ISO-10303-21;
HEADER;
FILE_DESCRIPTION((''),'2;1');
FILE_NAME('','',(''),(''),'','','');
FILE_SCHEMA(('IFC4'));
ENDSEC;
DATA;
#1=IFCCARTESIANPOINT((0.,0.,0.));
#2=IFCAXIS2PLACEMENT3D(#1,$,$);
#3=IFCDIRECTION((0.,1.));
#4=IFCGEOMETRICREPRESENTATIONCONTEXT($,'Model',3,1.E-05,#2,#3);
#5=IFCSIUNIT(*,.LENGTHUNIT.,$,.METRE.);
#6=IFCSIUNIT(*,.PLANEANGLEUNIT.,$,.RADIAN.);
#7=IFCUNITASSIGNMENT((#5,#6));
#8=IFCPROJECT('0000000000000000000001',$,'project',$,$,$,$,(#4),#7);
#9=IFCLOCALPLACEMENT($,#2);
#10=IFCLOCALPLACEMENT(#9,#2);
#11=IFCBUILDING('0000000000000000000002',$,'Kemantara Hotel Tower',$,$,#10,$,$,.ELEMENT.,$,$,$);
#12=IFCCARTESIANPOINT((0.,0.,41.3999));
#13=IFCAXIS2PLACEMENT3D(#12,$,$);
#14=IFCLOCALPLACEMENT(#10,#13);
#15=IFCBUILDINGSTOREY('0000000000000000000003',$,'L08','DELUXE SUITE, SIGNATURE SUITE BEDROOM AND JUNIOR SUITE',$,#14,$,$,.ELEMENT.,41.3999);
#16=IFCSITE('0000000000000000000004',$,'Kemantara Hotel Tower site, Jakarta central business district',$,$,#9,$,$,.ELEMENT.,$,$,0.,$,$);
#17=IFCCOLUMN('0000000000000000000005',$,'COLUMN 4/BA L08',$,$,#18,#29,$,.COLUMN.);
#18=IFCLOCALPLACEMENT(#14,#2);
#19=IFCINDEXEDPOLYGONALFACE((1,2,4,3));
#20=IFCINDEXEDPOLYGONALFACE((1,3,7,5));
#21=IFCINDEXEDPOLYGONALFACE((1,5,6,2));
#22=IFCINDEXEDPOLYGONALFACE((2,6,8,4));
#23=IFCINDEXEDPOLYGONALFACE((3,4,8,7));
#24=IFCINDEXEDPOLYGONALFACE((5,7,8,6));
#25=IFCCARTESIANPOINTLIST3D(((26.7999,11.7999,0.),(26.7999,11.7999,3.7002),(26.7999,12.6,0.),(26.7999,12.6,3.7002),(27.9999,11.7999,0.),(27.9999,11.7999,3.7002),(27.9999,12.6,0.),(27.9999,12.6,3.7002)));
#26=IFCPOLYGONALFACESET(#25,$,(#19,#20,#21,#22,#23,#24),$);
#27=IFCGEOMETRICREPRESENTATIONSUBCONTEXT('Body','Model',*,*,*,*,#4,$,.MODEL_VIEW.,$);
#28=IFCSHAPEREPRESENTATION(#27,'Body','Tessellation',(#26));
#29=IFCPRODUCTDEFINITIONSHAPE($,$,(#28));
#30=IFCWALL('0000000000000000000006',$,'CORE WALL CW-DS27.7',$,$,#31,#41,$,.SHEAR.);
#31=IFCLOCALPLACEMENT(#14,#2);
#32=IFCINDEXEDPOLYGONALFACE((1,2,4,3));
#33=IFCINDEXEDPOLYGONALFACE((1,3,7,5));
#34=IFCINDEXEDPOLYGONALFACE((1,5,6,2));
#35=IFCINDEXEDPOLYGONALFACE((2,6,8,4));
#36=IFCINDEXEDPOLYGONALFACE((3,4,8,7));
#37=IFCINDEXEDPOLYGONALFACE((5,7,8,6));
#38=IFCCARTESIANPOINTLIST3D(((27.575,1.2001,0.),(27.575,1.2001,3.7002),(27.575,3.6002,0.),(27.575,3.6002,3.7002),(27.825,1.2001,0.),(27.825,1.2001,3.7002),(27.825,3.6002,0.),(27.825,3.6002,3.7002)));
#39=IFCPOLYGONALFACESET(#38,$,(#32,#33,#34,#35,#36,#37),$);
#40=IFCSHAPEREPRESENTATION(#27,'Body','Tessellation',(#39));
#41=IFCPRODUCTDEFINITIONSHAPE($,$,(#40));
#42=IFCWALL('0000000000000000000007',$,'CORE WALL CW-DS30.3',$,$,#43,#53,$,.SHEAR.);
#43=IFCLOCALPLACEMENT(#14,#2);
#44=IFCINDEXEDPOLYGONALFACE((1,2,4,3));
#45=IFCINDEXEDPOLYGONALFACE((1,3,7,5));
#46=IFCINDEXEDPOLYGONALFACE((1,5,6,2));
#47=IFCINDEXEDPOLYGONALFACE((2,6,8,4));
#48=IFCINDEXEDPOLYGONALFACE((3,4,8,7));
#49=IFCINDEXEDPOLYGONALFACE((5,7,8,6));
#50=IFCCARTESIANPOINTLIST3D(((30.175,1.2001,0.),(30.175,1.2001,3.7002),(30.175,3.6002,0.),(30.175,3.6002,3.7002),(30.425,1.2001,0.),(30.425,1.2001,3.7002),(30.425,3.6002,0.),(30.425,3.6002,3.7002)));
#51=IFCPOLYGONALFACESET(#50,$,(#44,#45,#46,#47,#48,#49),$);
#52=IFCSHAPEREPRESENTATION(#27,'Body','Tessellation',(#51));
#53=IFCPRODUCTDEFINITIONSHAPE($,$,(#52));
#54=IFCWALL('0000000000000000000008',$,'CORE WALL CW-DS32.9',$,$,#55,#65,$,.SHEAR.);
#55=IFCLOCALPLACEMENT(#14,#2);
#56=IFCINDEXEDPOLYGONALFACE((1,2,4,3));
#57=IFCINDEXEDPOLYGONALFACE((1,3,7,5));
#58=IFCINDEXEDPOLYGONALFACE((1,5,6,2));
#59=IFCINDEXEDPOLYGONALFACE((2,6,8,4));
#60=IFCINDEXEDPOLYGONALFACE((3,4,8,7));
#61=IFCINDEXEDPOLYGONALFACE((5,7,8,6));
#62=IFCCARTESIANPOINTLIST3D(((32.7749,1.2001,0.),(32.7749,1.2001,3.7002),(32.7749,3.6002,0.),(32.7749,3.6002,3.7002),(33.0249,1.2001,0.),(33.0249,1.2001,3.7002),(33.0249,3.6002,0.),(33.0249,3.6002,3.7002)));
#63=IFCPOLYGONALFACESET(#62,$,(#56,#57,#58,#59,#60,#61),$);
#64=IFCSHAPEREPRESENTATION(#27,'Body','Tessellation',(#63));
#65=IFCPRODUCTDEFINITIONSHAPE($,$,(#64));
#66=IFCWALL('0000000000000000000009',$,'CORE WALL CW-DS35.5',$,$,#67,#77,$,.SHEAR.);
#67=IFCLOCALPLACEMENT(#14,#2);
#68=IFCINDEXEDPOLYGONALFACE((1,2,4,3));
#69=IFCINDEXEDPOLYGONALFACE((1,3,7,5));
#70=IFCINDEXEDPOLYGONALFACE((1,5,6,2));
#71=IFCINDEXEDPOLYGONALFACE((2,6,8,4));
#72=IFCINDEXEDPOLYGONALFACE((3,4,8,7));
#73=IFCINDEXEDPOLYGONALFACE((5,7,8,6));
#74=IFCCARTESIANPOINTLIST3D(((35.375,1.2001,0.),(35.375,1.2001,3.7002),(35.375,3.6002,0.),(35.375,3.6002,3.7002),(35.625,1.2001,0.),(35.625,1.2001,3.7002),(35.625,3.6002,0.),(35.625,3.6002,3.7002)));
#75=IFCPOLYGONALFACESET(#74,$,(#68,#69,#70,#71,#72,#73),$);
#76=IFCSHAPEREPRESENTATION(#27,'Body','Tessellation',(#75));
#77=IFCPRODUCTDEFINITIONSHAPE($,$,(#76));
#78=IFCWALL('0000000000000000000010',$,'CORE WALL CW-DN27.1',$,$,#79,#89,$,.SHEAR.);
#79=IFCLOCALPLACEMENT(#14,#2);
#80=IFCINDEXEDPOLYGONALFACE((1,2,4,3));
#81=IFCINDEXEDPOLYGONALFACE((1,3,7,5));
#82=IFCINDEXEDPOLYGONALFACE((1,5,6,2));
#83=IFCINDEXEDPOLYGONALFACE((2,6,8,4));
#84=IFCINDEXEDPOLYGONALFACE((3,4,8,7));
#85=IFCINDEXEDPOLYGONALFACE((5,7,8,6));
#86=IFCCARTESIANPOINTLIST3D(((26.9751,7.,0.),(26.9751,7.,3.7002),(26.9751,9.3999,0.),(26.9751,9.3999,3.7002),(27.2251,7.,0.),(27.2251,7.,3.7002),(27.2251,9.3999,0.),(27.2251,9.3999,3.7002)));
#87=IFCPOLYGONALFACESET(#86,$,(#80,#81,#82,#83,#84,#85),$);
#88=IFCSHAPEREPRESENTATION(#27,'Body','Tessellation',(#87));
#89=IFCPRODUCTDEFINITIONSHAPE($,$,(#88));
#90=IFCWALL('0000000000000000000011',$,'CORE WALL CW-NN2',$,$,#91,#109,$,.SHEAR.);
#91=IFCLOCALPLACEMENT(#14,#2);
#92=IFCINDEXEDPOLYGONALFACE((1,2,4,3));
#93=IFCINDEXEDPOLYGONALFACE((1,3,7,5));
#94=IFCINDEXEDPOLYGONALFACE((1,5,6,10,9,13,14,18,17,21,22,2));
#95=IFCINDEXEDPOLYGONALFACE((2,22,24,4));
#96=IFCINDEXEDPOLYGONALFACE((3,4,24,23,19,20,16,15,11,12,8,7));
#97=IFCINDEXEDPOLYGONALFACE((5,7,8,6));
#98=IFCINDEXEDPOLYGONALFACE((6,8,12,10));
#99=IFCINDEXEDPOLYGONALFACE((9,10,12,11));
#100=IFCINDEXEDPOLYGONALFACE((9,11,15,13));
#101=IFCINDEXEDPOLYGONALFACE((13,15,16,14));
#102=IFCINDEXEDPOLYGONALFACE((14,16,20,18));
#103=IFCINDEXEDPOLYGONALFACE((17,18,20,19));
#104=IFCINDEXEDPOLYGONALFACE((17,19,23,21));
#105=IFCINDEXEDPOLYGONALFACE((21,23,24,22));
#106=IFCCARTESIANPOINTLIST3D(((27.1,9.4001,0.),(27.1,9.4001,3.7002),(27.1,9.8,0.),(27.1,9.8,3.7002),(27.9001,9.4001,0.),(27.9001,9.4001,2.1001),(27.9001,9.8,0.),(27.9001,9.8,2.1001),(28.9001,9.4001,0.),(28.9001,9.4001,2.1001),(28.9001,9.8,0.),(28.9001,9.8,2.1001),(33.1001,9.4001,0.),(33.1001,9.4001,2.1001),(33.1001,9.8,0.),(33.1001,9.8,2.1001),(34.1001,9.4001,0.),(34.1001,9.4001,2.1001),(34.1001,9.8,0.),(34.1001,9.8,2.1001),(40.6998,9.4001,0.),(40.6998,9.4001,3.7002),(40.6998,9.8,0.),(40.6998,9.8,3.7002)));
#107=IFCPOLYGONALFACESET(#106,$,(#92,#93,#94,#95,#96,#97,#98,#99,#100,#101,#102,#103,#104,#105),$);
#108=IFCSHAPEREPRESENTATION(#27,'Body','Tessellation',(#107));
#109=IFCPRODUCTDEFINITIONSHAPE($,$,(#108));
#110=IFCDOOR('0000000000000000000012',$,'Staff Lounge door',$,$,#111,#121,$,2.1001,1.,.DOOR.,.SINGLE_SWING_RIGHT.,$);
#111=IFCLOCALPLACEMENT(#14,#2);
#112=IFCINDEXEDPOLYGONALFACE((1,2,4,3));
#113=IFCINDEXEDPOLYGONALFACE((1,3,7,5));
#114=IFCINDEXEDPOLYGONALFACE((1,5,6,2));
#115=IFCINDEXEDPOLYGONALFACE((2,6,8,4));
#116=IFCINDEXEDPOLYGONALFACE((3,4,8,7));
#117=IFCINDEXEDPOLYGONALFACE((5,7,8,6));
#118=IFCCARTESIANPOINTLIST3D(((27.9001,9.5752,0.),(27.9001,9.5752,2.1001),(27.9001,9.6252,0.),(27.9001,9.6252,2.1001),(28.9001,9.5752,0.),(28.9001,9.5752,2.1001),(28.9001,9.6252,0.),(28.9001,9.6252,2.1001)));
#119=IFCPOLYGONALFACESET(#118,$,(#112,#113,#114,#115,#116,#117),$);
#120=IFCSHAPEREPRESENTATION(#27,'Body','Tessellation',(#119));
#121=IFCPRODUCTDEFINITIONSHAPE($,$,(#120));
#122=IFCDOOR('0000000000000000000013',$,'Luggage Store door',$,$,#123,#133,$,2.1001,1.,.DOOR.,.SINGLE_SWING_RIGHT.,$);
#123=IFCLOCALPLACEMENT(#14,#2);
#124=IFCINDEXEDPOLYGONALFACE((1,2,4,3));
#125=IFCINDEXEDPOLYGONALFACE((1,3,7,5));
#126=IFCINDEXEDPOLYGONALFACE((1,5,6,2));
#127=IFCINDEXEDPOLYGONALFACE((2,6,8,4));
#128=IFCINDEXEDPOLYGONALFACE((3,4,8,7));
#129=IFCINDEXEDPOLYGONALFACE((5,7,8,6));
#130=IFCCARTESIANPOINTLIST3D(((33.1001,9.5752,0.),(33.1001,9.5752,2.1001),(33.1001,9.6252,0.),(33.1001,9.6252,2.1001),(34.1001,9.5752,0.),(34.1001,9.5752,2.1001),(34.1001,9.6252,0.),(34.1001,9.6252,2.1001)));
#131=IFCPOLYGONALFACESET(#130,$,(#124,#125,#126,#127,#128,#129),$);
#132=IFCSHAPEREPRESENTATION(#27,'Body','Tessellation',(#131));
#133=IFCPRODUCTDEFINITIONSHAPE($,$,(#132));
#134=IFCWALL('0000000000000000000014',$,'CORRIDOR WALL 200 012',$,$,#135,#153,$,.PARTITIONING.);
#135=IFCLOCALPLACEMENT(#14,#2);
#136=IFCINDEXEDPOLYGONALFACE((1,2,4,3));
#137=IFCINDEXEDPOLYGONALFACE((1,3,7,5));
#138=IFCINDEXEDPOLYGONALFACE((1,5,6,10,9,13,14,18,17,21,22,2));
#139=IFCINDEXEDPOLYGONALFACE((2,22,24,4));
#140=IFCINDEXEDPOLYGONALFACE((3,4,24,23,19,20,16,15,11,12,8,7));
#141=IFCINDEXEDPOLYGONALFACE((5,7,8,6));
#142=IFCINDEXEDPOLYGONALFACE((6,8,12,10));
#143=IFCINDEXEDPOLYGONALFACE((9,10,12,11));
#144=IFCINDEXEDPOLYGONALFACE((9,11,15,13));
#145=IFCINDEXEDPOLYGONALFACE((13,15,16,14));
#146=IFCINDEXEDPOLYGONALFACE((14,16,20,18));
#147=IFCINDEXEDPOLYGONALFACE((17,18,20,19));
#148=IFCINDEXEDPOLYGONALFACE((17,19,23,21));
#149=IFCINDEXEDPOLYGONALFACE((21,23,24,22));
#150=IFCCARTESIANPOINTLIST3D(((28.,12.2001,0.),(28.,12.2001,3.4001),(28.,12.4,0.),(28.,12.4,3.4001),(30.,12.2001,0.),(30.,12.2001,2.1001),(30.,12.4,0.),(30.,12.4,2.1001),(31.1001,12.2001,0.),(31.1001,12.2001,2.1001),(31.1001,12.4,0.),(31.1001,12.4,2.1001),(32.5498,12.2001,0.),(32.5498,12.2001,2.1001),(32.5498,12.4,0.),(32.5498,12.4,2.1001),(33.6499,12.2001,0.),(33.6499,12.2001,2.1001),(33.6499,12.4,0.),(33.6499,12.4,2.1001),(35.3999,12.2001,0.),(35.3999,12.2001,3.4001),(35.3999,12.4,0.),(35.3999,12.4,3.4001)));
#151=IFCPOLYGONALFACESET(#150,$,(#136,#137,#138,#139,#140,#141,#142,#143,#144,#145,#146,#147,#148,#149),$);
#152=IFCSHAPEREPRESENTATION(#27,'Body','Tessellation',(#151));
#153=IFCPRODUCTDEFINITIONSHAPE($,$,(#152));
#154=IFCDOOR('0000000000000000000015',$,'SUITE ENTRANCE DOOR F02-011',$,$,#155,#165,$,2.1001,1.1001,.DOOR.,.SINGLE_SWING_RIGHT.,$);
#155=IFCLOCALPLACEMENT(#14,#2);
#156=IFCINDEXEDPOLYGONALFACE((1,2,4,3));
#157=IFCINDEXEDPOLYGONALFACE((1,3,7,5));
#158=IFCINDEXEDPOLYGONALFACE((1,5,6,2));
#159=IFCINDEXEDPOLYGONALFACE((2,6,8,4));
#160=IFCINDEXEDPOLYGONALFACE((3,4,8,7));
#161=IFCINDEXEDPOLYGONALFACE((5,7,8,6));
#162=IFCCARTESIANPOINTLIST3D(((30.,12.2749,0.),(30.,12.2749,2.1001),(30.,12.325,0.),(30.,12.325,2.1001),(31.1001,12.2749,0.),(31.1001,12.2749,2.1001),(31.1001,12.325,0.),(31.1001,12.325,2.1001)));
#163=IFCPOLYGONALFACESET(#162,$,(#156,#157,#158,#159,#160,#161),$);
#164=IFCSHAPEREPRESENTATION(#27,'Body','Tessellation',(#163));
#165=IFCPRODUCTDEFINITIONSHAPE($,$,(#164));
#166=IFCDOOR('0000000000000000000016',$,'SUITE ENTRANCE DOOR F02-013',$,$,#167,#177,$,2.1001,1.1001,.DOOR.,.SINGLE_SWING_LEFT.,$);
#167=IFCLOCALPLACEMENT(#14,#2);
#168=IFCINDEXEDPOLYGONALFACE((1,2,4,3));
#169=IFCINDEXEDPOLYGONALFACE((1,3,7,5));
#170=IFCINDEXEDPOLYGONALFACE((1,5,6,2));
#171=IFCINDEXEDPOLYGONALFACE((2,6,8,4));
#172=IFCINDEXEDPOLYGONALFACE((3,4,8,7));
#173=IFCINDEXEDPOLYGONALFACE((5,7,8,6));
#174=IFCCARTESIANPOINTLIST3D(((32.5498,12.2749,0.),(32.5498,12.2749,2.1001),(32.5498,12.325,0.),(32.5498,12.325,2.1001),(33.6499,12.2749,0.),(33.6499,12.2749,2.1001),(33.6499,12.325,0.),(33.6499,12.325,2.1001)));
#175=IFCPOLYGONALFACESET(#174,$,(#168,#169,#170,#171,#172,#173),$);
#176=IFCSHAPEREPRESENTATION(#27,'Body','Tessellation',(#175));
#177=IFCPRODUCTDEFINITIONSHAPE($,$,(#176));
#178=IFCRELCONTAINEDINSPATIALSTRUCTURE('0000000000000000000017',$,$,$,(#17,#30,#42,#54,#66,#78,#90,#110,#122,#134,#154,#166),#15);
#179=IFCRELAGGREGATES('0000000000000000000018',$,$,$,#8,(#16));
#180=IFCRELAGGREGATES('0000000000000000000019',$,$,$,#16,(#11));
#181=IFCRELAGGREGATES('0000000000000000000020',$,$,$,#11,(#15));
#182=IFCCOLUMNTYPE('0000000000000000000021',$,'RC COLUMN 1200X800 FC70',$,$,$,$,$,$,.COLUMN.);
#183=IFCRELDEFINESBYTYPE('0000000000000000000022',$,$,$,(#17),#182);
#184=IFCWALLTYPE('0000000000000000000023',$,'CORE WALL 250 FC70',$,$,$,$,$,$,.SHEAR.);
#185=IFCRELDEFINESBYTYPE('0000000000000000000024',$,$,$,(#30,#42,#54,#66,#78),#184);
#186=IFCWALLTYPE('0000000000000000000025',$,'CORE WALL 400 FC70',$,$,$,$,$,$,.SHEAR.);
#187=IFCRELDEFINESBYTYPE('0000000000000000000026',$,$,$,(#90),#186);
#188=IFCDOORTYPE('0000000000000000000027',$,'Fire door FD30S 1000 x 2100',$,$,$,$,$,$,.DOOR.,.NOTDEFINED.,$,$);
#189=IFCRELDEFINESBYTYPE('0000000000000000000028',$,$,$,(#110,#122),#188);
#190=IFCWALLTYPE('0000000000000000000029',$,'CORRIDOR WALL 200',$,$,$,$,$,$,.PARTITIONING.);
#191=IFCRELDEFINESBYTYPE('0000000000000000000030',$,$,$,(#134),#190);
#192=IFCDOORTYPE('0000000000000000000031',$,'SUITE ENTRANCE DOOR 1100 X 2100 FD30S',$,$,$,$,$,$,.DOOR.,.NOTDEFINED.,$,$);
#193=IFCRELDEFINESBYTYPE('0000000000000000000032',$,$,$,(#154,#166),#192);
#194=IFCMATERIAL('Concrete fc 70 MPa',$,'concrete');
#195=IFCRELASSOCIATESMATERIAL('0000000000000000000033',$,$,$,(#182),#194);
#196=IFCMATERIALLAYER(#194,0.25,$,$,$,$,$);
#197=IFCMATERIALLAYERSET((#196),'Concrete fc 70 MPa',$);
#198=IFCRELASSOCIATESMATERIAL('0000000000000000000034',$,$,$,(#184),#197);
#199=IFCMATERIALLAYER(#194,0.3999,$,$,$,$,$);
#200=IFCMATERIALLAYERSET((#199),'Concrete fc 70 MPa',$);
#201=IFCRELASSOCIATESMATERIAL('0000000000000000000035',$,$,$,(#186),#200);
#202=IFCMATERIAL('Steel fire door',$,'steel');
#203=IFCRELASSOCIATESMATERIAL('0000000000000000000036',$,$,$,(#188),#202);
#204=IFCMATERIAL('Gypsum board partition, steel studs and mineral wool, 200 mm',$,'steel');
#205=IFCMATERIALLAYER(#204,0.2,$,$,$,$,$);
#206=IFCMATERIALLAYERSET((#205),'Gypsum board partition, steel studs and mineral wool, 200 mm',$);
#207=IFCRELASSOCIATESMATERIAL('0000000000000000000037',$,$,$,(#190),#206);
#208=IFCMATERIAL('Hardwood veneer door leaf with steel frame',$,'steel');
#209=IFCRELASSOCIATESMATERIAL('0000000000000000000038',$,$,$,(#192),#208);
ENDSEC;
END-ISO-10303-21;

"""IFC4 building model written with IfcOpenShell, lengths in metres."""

from ifc_helpers import new_model, si_unit, direction, frame, frame_2d, origin, origin_2d, place, context, subcontext, project, spatial, rectangle, extrude, material, layer, layer_set, material_profile, profile_set, type_object, element, fill, save


model = new_model("IFC4")

# Units and contexts
model_context = context("Model", 3, precision=1e-05, world=origin(), true_north=direction((0.0, 1.0)))
body_context = subcontext(model_context, "Body", "Model", "MODEL_VIEW")
ifc_project = project(units=[si_unit("LENGTHUNIT", "METRE"), si_unit("PLANEANGLEUNIT", "RADIAN")], contexts=[model_context])

# Site, building, storey
site_placement = place(None, origin())
site = spatial("IfcSite", under=ifc_project, at=site_placement, Name="Kemantara Hotel Tower site, Jakarta central business district", CompositionType="ELEMENT", RefElevation=0.0)
building_placement = place(site_placement, origin())
building = spatial("IfcBuilding", under=site, at=building_placement, Name="Kemantara Hotel Tower", CompositionType="ELEMENT")
storey_placement = place(building_placement, frame((0.0, 0.0, 41.3999)))
storey = spatial("IfcBuildingStorey", under=building, at=storey_placement, Name="L08", Description="DELUXE SUITE, SIGNATURE SUITE BEDROOM AND JUNIOR SUITE", CompositionType="ELEMENT", Elevation=41.3999)

# Column
ifc_material_1 = material(Name="Concrete fc 70 MPa", Category="concrete")
ifc_material_profile = material_profile(ifc_material_1, rectangle(XDim=1.2, YDim=0.8, at=origin_2d()), Name="RC 1200X800")
ifc_profile_set = profile_set([ifc_material_profile], Name="Concrete fc 70 MPa")
column_type = type_object("IfcColumnType", Name="RC COLUMN 1200X800 FC70", PredefinedType="COLUMN", material=ifc_profile_set)
column_placement = place(storey_placement, frame((27.3999, 12.2, 0.0), z_axis=(0.0, 0.0, 1.0), x_axis=(1.0, 0.0, 0.0)))
element("IfcColumn", 1, at=column_placement, inside=storey, type_object=column_type, Name="COLUMN 4/BA L08", PredefinedType="COLUMN", context=body_context, shape_type="SweptSolid", body=[
    extrude(rectangle(XDim=1.2, YDim=0.8, at=origin_2d()), origin(), (0.0, 0.0, 1.0), 3.7002),
])

# Walls
ifc_layer_1 = layer(ifc_material_1, 0.25)
ifc_layer_set_1 = layer_set([ifc_layer_1], Name="Concrete fc 70 MPa")
wall_type_1 = type_object("IfcWallType", Name="CORE WALL 250 FC70", PredefinedType="SHEAR", material=ifc_layer_set_1)
for number, where, z_axis, x_axis, name in (
    (2, (27.7, 1.2, 0.0), (0.0, 0.0, 1.0), (0.0, 1.0, 0.0), "CORE WALL CW-DS27.7"),
    (3, (30.3, 1.2, 0.0), (0.0, 0.0, 1.0), (0.0, 1.0, 0.0), "CORE WALL CW-DS30.3"),
    (4, (32.8999, 1.2, 0.0), (0.0, 0.0, 1.0), (0.0, 1.0, 0.0), "CORE WALL CW-DS32.9"),
    (5, (35.5, 1.2, 0.0), (0.0, 0.0, 1.0), (0.0, 1.0, 0.0), "CORE WALL CW-DS35.5"),
):
    element("IfcWall", number, at=place(storey_placement, frame(where, z_axis=z_axis, x_axis=x_axis)), inside=storey, type_object=wall_type_1, Name=name, PredefinedType="SHEAR", context=body_context, shape_type="SweptSolid", body=[
        extrude(rectangle(XDim=2.4001, YDim=0.25, at=frame_2d((1.2002, 0.0))), origin(), (0.0, 0.0, 1.0), 3.7002),
    ])
wall_1_placement = place(storey_placement, frame((27.1001, 7.0, 0.0), z_axis=(0.0, 0.0, 1.0), x_axis=(0.0, 1.0, 0.0)))
element("IfcWall", 6, at=wall_1_placement, inside=storey, type_object=wall_type_1, Name="CORE WALL CW-DN27.1", PredefinedType="SHEAR", context=body_context, shape_type="SweptSolid", body=[
    extrude(rectangle(XDim=2.3999, YDim=0.25, at=frame_2d((1.2, 0.0))), origin(), (0.0, 0.0, 1.0), 3.7002),
])

# Walls, openings, doors
ifc_layer_2 = layer(ifc_material_1, 0.3999)
ifc_layer_set_2 = layer_set([ifc_layer_2], Name="Concrete fc 70 MPa")
wall_type_2 = type_object("IfcWallType", Name="CORE WALL 400 FC70", PredefinedType="SHEAR", material=ifc_layer_set_2)
wall_2_placement = place(storey_placement, frame((27.1001, 9.6001, 0.0), z_axis=(0.0, 0.0, 1.0), x_axis=(1.0, 0.0, 0.0)))
wall_2 = element("IfcWall", 7, at=wall_2_placement, inside=storey, type_object=wall_type_2, Name="CORE WALL CW-NN2", PredefinedType="SHEAR", context=body_context, shape_type="SweptSolid", body=[
    extrude(rectangle(XDim=13.5999, YDim=0.3999, at=frame_2d((6.7998, 0.0))), origin(), (0.0, 0.0, 1.0), 3.7002),
])
opening_1_placement = place(wall_2_placement, frame((0.8, 0.0, 0.0)))
opening_1 = element("IfcOpeningElement", 8, at=opening_1_placement, cuts=wall_2, PredefinedType="OPENING", context=body_context, shape_type="SweptSolid", body=[
    extrude(rectangle(XDim=1.0, YDim=2.1001, at=frame_2d((0.5, 1.05))), frame((0.0, 0.21, 0.0), z_axis=(0.0, -1.0, 0.0), x_axis=(1.0, 0.0, 0.0)), (0.0, 0.0, 1.0), 0.4199),
])
opening_2_placement = place(wall_2_placement, frame((6.0, 0.0, 0.0)))
opening_2 = element("IfcOpeningElement", 9, at=opening_2_placement, cuts=wall_2, PredefinedType="OPENING", context=body_context, shape_type="SweptSolid", body=[
    extrude(rectangle(XDim=1.0, YDim=2.1001, at=frame_2d((0.5, 1.05))), frame((0.0, 0.21, 0.0), z_axis=(0.0, -1.0, 0.0), x_axis=(1.0, 0.0, 0.0)), (0.0, 0.0, 1.0), 0.4199),
])
ifc_material_2 = material(Name="Steel fire door", Category="steel")
door_type_1 = type_object("IfcDoorType", Name="Fire door FD30S 1000 x 2100", OperationType="NOTDEFINED", PredefinedType="DOOR", material=ifc_material_2)
door_1_placement = place(opening_1_placement, frame((1.0, 0.0, 0.0), z_axis=(0.0, 0.0, 1.0), x_axis=(-1.0, 0.0, 0.0)))
door_1 = element("IfcDoor", 10, at=door_1_placement, inside=storey, type_object=door_type_1, Name="Staff Lounge door", OperationType="SINGLE_SWING_RIGHT", OverallHeight=2.1001, OverallWidth=1.0, PredefinedType="DOOR", context=body_context, shape_type="SweptSolid", body=[
    extrude(rectangle(XDim=1.0, YDim=2.1001, at=frame_2d((0.5, 1.05))), frame((0.0, 0.0249, 0.0), z_axis=(0.0, -1.0, 0.0), x_axis=(1.0, 0.0, 0.0)), (0.0, 0.0, 1.0), 0.05),
])
fill(opening_1, door_1)
door_2_placement = place(opening_2_placement, frame((1.0, 0.0, 0.0), z_axis=(0.0, 0.0, 1.0), x_axis=(-1.0, 0.0, 0.0)))
door_2 = element("IfcDoor", 11, at=door_2_placement, inside=storey, type_object=door_type_1, Name="Luggage Store door", OperationType="SINGLE_SWING_RIGHT", OverallHeight=2.1001, OverallWidth=1.0, PredefinedType="DOOR", context=body_context, shape_type="SweptSolid", body=[
    extrude(rectangle(XDim=1.0, YDim=2.1001, at=frame_2d((0.5, 1.05))), frame((0.0, 0.0249, 0.0), z_axis=(0.0, -1.0, 0.0), x_axis=(1.0, 0.0, 0.0)), (0.0, 0.0, 1.0), 0.05),
])
fill(opening_2, door_2)
ifc_material_3 = material(Name="Gypsum board partition, steel studs and mineral wool, 200 mm", Category="steel")
ifc_layer_3 = layer(ifc_material_3, 0.2)
ifc_layer_set_3 = layer_set([ifc_layer_3], Name="Gypsum board partition, steel studs and mineral wool, 200 mm")
wall_type_3 = type_object("IfcWallType", Name="CORRIDOR WALL 200", PredefinedType="PARTITIONING", material=ifc_layer_set_3)
wall_3_placement = place(storey_placement, frame((28.0, 12.3, 0.0), z_axis=(0.0, 0.0, 1.0), x_axis=(1.0, 0.0, 0.0)))
wall_3 = element("IfcWall", 12, at=wall_3_placement, inside=storey, type_object=wall_type_3, Name="CORRIDOR WALL 200 012", PredefinedType="PARTITIONING", context=body_context, shape_type="SweptSolid", body=[
    extrude(rectangle(XDim=7.3999, YDim=0.2, at=frame_2d((3.7, 0.0))), origin(), (0.0, 0.0, 1.0), 3.4001),
])
opening_3_placement = place(wall_3_placement, frame((2.0, 0.0, 0.0)))
opening_3 = element("IfcOpeningElement", 13, at=opening_3_placement, cuts=wall_3, PredefinedType="OPENING", context=body_context, shape_type="SweptSolid", body=[
    extrude(rectangle(XDim=1.1001, YDim=2.1001, at=frame_2d((0.55, 1.05))), frame((0.0, 0.1099, 0.0), z_axis=(0.0, -1.0, 0.0), x_axis=(1.0, 0.0, 0.0)), (0.0, 0.0, 1.0), 0.22),
])
opening_4_placement = place(wall_3_placement, frame((4.5498, 0.0, 0.0)))
opening_4 = element("IfcOpeningElement", 14, at=opening_4_placement, cuts=wall_3, PredefinedType="OPENING", context=body_context, shape_type="SweptSolid", body=[
    extrude(rectangle(XDim=1.1001, YDim=2.1001, at=frame_2d((0.55, 1.05))), frame((0.0, 0.1099, 0.0), z_axis=(0.0, -1.0, 0.0), x_axis=(1.0, 0.0, 0.0)), (0.0, 0.0, 1.0), 0.22),
])
ifc_material_4 = material(Name="Hardwood veneer door leaf with steel frame", Category="steel")
door_type_2 = type_object("IfcDoorType", Name="SUITE ENTRANCE DOOR 1100 X 2100 FD30S", OperationType="NOTDEFINED", PredefinedType="DOOR", material=ifc_material_4)
door_3_placement = place(opening_3_placement, origin())
door_3 = element("IfcDoor", 15, at=door_3_placement, inside=storey, type_object=door_type_2, Name="SUITE ENTRANCE DOOR F02-011", OperationType="SINGLE_SWING_RIGHT", OverallHeight=2.1001, OverallWidth=1.1001, PredefinedType="DOOR", context=body_context, shape_type="SweptSolid", body=[
    extrude(rectangle(XDim=1.1001, YDim=2.1001, at=frame_2d((0.55, 1.05))), frame((0.0, 0.0249, 0.0), z_axis=(0.0, -1.0, 0.0), x_axis=(1.0, 0.0, 0.0)), (0.0, 0.0, 1.0), 0.05),
])
fill(opening_3, door_3)
door_4_placement = place(opening_4_placement, origin())
door_4 = element("IfcDoor", 16, at=door_4_placement, inside=storey, type_object=door_type_2, Name="SUITE ENTRANCE DOOR F02-013", OperationType="SINGLE_SWING_LEFT", OverallHeight=2.1001, OverallWidth=1.1001, PredefinedType="DOOR", context=body_context, shape_type="SweptSolid", body=[
    extrude(rectangle(XDim=1.1001, YDim=2.1001, at=frame_2d((0.55, 1.05))), frame((0.0, 0.0249, 0.0), z_axis=(0.0, -1.0, 0.0), x_axis=(1.0, 0.0, 0.0)), (0.0, 0.0, 1.0), 0.05),
])
fill(opening_4, door_4)

save(model, "model.ifc")
